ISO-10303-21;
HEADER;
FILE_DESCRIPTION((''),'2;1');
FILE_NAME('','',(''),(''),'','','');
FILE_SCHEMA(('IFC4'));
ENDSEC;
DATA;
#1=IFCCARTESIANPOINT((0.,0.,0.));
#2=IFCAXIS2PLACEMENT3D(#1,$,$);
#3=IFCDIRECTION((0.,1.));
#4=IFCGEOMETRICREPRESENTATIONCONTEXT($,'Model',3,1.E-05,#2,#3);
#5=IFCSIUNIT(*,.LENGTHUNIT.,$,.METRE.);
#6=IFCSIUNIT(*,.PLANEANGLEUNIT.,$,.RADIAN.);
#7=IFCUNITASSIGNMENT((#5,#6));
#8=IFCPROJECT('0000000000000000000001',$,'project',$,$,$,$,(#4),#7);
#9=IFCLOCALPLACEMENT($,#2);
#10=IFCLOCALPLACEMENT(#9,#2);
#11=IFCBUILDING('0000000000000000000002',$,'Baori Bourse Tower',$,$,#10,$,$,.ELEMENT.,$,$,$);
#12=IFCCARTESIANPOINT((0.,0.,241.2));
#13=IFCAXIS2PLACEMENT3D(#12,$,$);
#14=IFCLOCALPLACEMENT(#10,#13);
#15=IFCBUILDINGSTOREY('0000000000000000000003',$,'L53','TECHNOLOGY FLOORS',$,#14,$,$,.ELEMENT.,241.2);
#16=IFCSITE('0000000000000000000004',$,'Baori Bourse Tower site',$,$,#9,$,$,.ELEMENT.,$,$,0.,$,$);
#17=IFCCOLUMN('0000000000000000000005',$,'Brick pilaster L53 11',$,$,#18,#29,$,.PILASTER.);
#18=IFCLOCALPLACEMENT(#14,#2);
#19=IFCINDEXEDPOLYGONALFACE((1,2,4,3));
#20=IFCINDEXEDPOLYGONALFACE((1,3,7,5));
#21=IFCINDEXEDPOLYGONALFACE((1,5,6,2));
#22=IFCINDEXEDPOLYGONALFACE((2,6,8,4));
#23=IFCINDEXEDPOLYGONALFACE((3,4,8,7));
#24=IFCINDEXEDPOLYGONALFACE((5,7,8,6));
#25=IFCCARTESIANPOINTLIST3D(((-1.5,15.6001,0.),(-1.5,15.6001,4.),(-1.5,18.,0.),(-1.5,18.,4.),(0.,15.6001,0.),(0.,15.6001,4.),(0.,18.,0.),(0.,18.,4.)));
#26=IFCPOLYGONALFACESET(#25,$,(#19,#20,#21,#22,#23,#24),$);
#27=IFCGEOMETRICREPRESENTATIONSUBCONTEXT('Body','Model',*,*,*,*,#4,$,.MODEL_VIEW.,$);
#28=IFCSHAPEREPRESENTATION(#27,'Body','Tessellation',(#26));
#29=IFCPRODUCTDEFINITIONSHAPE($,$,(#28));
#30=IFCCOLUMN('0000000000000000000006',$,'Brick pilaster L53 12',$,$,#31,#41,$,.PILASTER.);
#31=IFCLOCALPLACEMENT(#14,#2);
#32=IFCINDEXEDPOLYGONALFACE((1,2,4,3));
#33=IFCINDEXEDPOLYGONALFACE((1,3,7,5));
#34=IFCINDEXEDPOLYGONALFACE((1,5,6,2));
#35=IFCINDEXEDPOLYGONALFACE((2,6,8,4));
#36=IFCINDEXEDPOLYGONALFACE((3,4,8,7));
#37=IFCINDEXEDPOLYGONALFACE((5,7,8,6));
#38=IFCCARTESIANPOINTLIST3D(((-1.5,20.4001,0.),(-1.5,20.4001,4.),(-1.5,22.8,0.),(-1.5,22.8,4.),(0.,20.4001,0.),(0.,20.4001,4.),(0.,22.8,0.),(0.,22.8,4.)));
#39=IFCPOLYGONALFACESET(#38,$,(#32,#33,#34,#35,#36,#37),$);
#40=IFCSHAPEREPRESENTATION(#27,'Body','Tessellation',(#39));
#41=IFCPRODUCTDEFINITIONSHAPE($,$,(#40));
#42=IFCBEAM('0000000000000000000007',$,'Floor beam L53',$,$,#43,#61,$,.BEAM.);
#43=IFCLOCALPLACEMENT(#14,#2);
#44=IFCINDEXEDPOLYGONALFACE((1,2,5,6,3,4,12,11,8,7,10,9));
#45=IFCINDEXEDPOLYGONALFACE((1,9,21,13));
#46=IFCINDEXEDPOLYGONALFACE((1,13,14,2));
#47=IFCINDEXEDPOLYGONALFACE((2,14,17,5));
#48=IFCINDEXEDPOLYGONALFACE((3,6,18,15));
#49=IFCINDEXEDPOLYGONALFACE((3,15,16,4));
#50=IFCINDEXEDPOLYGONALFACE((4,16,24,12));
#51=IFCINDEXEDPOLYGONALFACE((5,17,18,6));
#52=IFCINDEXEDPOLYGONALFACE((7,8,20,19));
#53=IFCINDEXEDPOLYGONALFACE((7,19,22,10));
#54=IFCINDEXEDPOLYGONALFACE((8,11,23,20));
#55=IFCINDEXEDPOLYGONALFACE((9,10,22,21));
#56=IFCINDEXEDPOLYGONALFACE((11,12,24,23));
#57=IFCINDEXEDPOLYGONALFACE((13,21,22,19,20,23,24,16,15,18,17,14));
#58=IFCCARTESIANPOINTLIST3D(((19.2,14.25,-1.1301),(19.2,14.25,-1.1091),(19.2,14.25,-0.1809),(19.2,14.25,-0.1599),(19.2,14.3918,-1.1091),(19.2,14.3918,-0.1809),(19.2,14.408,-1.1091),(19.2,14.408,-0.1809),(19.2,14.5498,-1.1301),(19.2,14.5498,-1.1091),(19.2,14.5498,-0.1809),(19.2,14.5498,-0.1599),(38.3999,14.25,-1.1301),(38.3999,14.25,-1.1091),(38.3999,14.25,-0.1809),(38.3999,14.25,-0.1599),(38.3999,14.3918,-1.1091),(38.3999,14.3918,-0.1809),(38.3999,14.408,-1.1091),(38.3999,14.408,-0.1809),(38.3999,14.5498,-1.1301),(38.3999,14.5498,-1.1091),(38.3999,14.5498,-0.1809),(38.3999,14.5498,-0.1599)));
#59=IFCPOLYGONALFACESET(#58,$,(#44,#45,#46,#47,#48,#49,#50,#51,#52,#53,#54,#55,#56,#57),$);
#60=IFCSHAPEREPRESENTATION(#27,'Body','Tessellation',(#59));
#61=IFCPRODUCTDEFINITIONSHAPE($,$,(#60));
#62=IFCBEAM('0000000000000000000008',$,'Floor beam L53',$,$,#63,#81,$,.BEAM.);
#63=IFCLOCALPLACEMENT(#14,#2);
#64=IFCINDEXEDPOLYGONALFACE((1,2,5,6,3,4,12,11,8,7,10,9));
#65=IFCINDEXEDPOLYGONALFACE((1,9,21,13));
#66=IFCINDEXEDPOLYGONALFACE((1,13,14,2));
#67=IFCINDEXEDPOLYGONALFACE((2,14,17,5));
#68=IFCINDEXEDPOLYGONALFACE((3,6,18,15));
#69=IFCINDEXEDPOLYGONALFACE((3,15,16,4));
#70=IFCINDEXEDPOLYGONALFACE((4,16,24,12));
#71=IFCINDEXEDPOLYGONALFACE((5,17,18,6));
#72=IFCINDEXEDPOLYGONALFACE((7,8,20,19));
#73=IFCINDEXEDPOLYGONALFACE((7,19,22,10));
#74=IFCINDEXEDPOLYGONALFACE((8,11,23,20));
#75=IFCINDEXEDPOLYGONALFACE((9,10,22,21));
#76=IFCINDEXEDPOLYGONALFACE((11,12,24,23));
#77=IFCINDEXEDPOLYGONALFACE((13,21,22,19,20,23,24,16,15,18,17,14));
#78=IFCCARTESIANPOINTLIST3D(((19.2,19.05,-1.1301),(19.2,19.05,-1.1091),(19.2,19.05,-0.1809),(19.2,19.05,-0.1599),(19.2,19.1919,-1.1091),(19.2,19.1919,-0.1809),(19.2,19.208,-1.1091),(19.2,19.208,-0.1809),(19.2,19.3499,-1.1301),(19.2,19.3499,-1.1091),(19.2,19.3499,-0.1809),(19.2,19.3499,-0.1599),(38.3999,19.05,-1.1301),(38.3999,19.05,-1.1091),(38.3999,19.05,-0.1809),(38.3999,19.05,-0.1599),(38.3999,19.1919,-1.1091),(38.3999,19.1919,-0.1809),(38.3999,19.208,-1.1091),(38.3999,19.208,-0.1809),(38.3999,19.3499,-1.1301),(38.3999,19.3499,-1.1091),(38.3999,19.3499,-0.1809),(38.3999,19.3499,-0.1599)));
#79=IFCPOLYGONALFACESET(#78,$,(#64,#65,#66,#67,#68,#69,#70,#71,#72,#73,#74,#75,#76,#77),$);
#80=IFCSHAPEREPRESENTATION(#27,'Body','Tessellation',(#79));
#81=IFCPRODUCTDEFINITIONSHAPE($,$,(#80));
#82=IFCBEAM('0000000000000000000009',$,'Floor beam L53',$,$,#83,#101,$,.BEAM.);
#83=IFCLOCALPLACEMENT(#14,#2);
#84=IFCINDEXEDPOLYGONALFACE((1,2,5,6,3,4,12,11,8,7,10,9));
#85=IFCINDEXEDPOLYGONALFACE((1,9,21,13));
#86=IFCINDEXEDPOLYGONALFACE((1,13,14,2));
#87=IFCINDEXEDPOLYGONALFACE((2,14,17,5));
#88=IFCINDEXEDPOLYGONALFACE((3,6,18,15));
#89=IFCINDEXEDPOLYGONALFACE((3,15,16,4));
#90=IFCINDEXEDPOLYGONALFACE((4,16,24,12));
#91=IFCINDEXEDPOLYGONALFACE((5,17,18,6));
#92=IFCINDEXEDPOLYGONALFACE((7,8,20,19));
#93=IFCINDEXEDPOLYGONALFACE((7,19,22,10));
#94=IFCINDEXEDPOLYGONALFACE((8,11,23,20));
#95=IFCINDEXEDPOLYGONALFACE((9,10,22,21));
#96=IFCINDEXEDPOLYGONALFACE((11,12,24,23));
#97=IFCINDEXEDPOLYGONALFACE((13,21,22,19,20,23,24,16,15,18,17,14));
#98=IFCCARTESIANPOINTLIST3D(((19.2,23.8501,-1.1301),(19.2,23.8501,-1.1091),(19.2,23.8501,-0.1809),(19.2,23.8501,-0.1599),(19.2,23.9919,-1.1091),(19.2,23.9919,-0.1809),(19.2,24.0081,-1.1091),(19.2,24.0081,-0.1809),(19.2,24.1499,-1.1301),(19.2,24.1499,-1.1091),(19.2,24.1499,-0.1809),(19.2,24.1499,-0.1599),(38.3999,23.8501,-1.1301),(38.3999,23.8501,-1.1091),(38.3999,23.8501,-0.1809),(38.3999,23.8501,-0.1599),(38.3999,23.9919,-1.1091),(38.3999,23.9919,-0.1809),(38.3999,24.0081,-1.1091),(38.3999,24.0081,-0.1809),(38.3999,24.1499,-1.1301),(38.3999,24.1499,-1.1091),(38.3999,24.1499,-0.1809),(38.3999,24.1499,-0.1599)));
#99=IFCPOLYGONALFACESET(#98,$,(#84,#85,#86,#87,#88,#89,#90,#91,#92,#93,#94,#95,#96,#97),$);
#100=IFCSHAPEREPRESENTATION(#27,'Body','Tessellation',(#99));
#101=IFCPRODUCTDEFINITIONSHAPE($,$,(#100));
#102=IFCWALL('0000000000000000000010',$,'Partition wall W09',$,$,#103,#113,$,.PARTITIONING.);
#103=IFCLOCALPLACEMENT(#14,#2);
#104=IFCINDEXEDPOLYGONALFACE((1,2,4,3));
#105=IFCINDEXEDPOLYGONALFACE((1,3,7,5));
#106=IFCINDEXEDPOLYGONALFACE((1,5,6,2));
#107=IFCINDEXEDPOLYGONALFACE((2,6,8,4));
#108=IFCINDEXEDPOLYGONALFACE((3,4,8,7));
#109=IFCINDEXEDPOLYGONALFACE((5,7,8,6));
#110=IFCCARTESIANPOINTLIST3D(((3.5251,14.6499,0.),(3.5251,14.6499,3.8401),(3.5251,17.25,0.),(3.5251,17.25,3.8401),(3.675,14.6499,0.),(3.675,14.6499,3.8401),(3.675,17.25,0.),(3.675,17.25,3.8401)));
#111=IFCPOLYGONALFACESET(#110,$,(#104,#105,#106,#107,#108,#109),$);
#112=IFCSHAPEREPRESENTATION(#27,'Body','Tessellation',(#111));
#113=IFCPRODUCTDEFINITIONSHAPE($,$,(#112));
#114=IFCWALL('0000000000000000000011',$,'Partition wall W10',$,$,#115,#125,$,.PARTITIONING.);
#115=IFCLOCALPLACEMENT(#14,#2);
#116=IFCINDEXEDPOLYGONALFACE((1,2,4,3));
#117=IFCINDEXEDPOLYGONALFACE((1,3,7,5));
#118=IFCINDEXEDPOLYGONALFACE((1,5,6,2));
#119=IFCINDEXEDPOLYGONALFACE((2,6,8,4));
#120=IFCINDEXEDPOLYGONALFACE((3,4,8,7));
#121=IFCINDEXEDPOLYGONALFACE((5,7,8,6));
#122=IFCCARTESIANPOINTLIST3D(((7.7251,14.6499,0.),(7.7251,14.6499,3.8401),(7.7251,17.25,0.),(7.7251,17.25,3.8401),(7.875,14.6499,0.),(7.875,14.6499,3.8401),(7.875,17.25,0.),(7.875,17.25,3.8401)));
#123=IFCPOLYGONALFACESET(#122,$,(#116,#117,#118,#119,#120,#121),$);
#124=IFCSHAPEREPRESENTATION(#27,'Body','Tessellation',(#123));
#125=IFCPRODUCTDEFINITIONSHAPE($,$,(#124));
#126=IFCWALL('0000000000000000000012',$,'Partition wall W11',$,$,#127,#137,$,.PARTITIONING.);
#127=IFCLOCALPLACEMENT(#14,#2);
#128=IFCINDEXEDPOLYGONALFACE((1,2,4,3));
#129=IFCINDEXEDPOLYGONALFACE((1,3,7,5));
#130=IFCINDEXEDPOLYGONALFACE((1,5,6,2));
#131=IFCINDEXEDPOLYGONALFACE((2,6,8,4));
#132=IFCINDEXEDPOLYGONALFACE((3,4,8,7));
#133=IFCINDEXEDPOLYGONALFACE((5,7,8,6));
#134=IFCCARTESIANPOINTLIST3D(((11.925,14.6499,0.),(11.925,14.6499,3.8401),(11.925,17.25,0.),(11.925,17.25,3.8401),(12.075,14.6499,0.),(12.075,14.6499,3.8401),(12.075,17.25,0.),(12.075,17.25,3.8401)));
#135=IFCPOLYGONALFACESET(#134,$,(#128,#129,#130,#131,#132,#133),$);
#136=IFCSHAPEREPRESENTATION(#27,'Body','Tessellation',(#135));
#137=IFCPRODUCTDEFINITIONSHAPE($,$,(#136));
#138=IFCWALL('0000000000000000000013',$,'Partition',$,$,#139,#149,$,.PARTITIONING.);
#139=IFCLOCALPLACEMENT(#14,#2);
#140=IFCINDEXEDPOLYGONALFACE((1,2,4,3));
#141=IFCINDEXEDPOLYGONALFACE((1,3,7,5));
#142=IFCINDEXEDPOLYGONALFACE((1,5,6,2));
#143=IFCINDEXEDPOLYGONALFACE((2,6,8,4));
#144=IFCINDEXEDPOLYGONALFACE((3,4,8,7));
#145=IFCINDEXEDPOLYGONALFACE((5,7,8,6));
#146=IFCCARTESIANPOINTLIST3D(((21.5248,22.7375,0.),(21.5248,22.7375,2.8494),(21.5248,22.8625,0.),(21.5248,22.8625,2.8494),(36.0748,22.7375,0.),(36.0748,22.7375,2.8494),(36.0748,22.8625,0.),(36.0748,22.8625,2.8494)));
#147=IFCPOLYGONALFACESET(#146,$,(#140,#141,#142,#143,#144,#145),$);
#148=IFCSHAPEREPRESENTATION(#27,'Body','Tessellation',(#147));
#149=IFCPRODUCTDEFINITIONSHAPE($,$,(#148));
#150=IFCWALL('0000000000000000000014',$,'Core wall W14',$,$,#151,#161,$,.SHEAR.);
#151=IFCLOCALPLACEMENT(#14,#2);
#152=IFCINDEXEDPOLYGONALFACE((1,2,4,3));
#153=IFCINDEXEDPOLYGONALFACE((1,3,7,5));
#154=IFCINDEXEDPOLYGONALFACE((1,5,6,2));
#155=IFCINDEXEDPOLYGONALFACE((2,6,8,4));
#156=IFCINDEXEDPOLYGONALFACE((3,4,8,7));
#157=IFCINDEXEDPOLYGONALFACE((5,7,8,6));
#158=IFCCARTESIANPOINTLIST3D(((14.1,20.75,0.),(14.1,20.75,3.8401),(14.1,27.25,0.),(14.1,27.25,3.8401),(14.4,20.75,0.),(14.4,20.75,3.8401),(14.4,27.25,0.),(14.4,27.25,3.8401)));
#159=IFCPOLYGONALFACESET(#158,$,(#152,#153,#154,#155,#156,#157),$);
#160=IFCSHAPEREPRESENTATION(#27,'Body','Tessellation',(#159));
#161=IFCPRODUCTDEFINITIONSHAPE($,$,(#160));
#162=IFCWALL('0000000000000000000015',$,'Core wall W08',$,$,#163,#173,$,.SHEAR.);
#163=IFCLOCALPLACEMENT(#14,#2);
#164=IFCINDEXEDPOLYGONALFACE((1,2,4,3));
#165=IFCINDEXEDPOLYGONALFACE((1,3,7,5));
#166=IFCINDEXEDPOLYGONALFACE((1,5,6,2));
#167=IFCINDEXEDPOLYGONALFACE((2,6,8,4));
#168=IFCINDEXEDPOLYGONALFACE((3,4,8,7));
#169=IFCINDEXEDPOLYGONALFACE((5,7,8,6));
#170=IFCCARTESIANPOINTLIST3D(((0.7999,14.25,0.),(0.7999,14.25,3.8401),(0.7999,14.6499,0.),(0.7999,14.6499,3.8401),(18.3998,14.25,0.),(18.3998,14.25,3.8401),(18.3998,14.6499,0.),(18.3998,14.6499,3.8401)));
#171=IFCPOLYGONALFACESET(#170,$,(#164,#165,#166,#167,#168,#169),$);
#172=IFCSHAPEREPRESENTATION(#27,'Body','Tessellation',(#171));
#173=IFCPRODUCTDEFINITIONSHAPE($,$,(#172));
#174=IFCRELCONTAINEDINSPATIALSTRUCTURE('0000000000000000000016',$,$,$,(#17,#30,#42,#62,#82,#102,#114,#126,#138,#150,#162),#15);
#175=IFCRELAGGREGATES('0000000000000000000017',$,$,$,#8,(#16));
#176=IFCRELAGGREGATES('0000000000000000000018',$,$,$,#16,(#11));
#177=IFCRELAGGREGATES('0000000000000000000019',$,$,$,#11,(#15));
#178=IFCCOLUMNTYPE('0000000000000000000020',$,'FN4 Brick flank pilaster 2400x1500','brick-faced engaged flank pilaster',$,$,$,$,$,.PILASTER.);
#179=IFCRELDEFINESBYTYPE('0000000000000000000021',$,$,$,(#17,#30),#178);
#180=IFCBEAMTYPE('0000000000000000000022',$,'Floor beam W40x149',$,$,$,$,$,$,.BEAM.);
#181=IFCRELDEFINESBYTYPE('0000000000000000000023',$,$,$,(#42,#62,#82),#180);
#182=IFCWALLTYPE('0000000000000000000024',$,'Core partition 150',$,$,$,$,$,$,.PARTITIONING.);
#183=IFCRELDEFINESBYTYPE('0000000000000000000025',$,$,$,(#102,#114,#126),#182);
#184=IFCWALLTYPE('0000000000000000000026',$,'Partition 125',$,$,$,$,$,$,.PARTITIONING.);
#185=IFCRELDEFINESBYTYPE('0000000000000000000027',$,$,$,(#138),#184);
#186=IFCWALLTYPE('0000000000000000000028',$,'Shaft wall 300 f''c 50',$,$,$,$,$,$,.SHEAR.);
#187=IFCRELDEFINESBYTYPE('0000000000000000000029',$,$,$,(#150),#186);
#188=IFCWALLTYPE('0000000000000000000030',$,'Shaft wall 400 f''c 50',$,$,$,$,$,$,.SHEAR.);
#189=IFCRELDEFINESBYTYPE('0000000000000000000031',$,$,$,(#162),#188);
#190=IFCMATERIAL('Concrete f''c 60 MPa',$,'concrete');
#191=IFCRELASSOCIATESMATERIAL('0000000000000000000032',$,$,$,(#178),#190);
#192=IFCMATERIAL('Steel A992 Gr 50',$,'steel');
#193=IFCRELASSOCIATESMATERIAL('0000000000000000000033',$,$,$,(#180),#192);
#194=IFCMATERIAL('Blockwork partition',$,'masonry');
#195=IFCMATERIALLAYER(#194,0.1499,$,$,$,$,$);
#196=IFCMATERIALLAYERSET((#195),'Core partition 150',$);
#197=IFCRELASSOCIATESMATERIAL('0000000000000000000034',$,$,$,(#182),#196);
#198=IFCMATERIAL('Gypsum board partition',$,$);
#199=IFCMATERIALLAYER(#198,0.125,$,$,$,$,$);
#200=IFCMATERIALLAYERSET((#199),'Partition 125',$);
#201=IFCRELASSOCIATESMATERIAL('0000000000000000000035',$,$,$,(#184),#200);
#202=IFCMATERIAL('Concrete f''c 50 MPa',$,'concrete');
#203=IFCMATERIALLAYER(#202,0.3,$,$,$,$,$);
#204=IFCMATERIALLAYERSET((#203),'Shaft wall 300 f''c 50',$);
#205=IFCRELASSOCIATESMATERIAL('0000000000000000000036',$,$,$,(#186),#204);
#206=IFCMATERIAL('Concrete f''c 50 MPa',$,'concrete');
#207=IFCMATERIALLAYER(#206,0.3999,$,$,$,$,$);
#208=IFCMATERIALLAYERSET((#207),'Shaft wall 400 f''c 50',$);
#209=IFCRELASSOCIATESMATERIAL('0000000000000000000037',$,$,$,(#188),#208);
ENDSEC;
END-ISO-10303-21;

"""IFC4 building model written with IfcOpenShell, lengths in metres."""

from ifc_helpers import new_model, si_unit, direction, frame, frame_2d, origin, origin_2d, place, context, subcontext, project, spatial, rectangle, i_section, extrude, material, layer, layer_set, material_profile, profile_set, type_object, element, save


model = new_model("IFC4")

# Units and contexts
model_context = context("Model", 3, precision=1e-05, world=origin(), true_north=direction((0.0, 1.0)))
body_context = subcontext(model_context, "Body", "Model", "MODEL_VIEW")
ifc_project = project(units=[si_unit("LENGTHUNIT", "METRE"), si_unit("PLANEANGLEUNIT", "RADIAN")], contexts=[model_context])

# Site, building, storey
site_placement = place(None, origin())
site = spatial("IfcSite", under=ifc_project, at=site_placement, Name="Baori Bourse Tower site", CompositionType="ELEMENT", RefElevation=0.0)
building_placement = place(site_placement, origin())
building = spatial("IfcBuilding", under=site, at=building_placement, Name="Baori Bourse Tower", CompositionType="ELEMENT")
storey_placement = place(building_placement, frame((0.0, 0.0, 241.2)))
storey = spatial("IfcBuildingStorey", under=building, at=storey_placement, Name="L53", Description="TECHNOLOGY FLOORS", CompositionType="ELEMENT", Elevation=241.2)

# Columns
ifc_material_1 = material(Name="Concrete f'c 60 MPa", Category="concrete")
ifc_material_profile_1 = material_profile(ifc_material_1, rectangle(XDim=2.3999, YDim=1.5, at=origin_2d()), Name="RC 2400x1500")
ifc_profile_set_1 = profile_set([ifc_material_profile_1], Name="Concrete f'c 60 MPa")
column_type = type_object("IfcColumnType", Name="FN4 Brick flank pilaster 2400x1500", Description="brick-faced engaged flank pilaster", PredefinedType="PILASTER", material=ifc_profile_set_1)
for number, where, z_axis, x_axis, name in (
    (1, (-0.75, 16.8, 0.0), (0.0, 0.0, 1.0), (0.0, 1.0, 0.0), "Brick pilaster L53 11"),
    (2, (-0.75, 21.6001, 0.0), (0.0, 0.0, 1.0), (0.0, 1.0, 0.0), "Brick pilaster L53 12"),
):
    element("IfcColumn", number, at=place(storey_placement, frame(where, z_axis=z_axis, x_axis=x_axis)), inside=storey, type_object=column_type, Name=name, PredefinedType="PILASTER", context=body_context, shape_type="SweptSolid", body=[
        extrude(rectangle(XDim=2.3999, YDim=1.5, at=origin_2d()), origin(), (0.0, 0.0, 1.0), 4.0),
    ])

# Beams
ifc_material_2 = material(Name="Steel A992 Gr 50", Category="steel")
ifc_material_profile_2 = material_profile(ifc_material_2, i_section(OverallWidth=0.2998, OverallDepth=0.9702, WebThickness=0.0161, FlangeThickness=0.021, at=origin_2d()), Name="W40x149")
ifc_profile_set_2 = profile_set([ifc_material_profile_2], Name="Steel A992 Gr 50")
beam_type = type_object("IfcBeamType", Name="Floor beam W40x149", PredefinedType="BEAM", material=ifc_profile_set_2)
for number, where, z_axis, x_axis, name in (
    (3, (19.2, 14.3999, -0.645), (1.0, 0.0, 0.0), (0.0, 1.0, 0.0), "Floor beam L53"),
    (4, (19.2, 19.2, -0.645), (1.0, 0.0, 0.0), (0.0, 1.0, 0.0), "Floor beam L53"),
    (5, (19.2, 24.0, -0.645), (1.0, 0.0, 0.0), (0.0, 1.0, 0.0), "Floor beam L53"),
):
    element("IfcBeam", number, at=place(storey_placement, frame(where, z_axis=z_axis, x_axis=x_axis)), inside=storey, type_object=beam_type, Name=name, PredefinedType="BEAM", context=body_context, shape_type="SweptSolid", body=[
        extrude(i_section(OverallWidth=0.2998, OverallDepth=0.9702, WebThickness=0.0161, FlangeThickness=0.021, at=origin_2d()), origin(), (0.0, 0.0, 1.0), 19.2),
    ])

# Walls
ifc_material_3 = material(Name="Blockwork partition", Category="masonry")
ifc_layer_1 = layer(ifc_material_3, 0.1499)
ifc_layer_set_1 = layer_set([ifc_layer_1], Name="Core partition 150")
wall_type_1 = type_object("IfcWallType", Name="Core partition 150", PredefinedType="PARTITIONING", material=ifc_layer_set_1)
for number, where, z_axis, x_axis, name in (
    (6, (3.6001, 14.6499, 0.0), (0.0, 0.0, 1.0), (0.0, 1.0, 0.0), "Partition wall W09"),
    (7, (7.8, 14.6499, 0.0), (0.0, 0.0, 1.0), (0.0, 1.0, 0.0), "Partition wall W10"),
    (8, (12.0, 14.6499, 0.0), (0.0, 0.0, 1.0), (0.0, 1.0, 0.0), "Partition wall W11"),
):
    element("IfcWall", number, at=place(storey_placement, frame(where, z_axis=z_axis, x_axis=x_axis)), inside=storey, type_object=wall_type_1, Name=name, PredefinedType="PARTITIONING", context=body_context, shape_type="SweptSolid", body=[
        extrude(rectangle(XDim=2.6001, YDim=0.1499, at=frame_2d((1.3, 0.0))), origin(), (0.0, 0.0, 1.0), 3.8401),
    ])
ifc_material_4 = material(Name="Gypsum board partition")
ifc_layer_2 = layer(ifc_material_4, 0.125)
ifc_layer_set_2 = layer_set([ifc_layer_2], Name="Partition 125")
wall_type_2 = type_object("IfcWallType", Name="Partition 125", PredefinedType="PARTITIONING", material=ifc_layer_set_2)
wall_1_placement = place(storey_placement, frame((21.5249, 22.8, 0.0), z_axis=(0.0, 0.0, 1.0), x_axis=(1.0, 0.0, 0.0)))
element("IfcWall", 9, at=wall_1_placement, inside=storey, type_object=wall_type_2, Name="Partition", PredefinedType="PARTITIONING", context=body_context, shape_type="SweptSolid", body=[
    extrude(rectangle(XDim=14.55, YDim=0.125, at=frame_2d((7.2749, 0.0))), origin(), (0.0, 0.0, 1.0), 2.8494),
])
ifc_material_5 = material(Name="Concrete f'c 50 MPa", Category="concrete")
ifc_layer_3 = layer(ifc_material_5, 0.3)
ifc_layer_set_3 = layer_set([ifc_layer_3], Name="Shaft wall 300 f'c 50")
wall_type_3 = type_object("IfcWallType", Name="Shaft wall 300 f'c 50", PredefinedType="SHEAR", material=ifc_layer_set_3)
wall_2_placement = place(storey_placement, frame((14.25, 20.75, 0.0), z_axis=(0.0, 0.0, 1.0), x_axis=(0.0, 1.0, 0.0)))
element("IfcWall", 10, at=wall_2_placement, inside=storey, type_object=wall_type_3, Name="Core wall W14", PredefinedType="SHEAR", context=body_context, shape_type="SweptSolid", body=[
    extrude(rectangle(XDim=6.5, YDim=0.3, at=frame_2d((3.25, 0.0))), origin(), (0.0, 0.0, 1.0), 3.8401),
])
ifc_material_6 = material(Name="Concrete f'c 50 MPa", Category="concrete")
ifc_layer_4 = layer(ifc_material_6, 0.3999)
ifc_layer_set_4 = layer_set([ifc_layer_4], Name="Shaft wall 400 f'c 50")
wall_type_4 = type_object("IfcWallType", Name="Shaft wall 400 f'c 50", PredefinedType="SHEAR", material=ifc_layer_set_4)
wall_3_placement = place(storey_placement, frame((0.8, 14.45, 0.0), z_axis=(0.0, 0.0, 1.0), x_axis=(1.0, 0.0, 0.0)))
element("IfcWall", 11, at=wall_3_placement, inside=storey, type_object=wall_type_4, Name="Core wall W08", PredefinedType="SHEAR", context=body_context, shape_type="SweptSolid", body=[
    extrude(rectangle(XDim=17.5999, YDim=0.3999, at=frame_2d((8.7998, 0.0))), origin(), (0.0, 0.0, 1.0), 3.8401),
])

save(model, "model.ifc")
